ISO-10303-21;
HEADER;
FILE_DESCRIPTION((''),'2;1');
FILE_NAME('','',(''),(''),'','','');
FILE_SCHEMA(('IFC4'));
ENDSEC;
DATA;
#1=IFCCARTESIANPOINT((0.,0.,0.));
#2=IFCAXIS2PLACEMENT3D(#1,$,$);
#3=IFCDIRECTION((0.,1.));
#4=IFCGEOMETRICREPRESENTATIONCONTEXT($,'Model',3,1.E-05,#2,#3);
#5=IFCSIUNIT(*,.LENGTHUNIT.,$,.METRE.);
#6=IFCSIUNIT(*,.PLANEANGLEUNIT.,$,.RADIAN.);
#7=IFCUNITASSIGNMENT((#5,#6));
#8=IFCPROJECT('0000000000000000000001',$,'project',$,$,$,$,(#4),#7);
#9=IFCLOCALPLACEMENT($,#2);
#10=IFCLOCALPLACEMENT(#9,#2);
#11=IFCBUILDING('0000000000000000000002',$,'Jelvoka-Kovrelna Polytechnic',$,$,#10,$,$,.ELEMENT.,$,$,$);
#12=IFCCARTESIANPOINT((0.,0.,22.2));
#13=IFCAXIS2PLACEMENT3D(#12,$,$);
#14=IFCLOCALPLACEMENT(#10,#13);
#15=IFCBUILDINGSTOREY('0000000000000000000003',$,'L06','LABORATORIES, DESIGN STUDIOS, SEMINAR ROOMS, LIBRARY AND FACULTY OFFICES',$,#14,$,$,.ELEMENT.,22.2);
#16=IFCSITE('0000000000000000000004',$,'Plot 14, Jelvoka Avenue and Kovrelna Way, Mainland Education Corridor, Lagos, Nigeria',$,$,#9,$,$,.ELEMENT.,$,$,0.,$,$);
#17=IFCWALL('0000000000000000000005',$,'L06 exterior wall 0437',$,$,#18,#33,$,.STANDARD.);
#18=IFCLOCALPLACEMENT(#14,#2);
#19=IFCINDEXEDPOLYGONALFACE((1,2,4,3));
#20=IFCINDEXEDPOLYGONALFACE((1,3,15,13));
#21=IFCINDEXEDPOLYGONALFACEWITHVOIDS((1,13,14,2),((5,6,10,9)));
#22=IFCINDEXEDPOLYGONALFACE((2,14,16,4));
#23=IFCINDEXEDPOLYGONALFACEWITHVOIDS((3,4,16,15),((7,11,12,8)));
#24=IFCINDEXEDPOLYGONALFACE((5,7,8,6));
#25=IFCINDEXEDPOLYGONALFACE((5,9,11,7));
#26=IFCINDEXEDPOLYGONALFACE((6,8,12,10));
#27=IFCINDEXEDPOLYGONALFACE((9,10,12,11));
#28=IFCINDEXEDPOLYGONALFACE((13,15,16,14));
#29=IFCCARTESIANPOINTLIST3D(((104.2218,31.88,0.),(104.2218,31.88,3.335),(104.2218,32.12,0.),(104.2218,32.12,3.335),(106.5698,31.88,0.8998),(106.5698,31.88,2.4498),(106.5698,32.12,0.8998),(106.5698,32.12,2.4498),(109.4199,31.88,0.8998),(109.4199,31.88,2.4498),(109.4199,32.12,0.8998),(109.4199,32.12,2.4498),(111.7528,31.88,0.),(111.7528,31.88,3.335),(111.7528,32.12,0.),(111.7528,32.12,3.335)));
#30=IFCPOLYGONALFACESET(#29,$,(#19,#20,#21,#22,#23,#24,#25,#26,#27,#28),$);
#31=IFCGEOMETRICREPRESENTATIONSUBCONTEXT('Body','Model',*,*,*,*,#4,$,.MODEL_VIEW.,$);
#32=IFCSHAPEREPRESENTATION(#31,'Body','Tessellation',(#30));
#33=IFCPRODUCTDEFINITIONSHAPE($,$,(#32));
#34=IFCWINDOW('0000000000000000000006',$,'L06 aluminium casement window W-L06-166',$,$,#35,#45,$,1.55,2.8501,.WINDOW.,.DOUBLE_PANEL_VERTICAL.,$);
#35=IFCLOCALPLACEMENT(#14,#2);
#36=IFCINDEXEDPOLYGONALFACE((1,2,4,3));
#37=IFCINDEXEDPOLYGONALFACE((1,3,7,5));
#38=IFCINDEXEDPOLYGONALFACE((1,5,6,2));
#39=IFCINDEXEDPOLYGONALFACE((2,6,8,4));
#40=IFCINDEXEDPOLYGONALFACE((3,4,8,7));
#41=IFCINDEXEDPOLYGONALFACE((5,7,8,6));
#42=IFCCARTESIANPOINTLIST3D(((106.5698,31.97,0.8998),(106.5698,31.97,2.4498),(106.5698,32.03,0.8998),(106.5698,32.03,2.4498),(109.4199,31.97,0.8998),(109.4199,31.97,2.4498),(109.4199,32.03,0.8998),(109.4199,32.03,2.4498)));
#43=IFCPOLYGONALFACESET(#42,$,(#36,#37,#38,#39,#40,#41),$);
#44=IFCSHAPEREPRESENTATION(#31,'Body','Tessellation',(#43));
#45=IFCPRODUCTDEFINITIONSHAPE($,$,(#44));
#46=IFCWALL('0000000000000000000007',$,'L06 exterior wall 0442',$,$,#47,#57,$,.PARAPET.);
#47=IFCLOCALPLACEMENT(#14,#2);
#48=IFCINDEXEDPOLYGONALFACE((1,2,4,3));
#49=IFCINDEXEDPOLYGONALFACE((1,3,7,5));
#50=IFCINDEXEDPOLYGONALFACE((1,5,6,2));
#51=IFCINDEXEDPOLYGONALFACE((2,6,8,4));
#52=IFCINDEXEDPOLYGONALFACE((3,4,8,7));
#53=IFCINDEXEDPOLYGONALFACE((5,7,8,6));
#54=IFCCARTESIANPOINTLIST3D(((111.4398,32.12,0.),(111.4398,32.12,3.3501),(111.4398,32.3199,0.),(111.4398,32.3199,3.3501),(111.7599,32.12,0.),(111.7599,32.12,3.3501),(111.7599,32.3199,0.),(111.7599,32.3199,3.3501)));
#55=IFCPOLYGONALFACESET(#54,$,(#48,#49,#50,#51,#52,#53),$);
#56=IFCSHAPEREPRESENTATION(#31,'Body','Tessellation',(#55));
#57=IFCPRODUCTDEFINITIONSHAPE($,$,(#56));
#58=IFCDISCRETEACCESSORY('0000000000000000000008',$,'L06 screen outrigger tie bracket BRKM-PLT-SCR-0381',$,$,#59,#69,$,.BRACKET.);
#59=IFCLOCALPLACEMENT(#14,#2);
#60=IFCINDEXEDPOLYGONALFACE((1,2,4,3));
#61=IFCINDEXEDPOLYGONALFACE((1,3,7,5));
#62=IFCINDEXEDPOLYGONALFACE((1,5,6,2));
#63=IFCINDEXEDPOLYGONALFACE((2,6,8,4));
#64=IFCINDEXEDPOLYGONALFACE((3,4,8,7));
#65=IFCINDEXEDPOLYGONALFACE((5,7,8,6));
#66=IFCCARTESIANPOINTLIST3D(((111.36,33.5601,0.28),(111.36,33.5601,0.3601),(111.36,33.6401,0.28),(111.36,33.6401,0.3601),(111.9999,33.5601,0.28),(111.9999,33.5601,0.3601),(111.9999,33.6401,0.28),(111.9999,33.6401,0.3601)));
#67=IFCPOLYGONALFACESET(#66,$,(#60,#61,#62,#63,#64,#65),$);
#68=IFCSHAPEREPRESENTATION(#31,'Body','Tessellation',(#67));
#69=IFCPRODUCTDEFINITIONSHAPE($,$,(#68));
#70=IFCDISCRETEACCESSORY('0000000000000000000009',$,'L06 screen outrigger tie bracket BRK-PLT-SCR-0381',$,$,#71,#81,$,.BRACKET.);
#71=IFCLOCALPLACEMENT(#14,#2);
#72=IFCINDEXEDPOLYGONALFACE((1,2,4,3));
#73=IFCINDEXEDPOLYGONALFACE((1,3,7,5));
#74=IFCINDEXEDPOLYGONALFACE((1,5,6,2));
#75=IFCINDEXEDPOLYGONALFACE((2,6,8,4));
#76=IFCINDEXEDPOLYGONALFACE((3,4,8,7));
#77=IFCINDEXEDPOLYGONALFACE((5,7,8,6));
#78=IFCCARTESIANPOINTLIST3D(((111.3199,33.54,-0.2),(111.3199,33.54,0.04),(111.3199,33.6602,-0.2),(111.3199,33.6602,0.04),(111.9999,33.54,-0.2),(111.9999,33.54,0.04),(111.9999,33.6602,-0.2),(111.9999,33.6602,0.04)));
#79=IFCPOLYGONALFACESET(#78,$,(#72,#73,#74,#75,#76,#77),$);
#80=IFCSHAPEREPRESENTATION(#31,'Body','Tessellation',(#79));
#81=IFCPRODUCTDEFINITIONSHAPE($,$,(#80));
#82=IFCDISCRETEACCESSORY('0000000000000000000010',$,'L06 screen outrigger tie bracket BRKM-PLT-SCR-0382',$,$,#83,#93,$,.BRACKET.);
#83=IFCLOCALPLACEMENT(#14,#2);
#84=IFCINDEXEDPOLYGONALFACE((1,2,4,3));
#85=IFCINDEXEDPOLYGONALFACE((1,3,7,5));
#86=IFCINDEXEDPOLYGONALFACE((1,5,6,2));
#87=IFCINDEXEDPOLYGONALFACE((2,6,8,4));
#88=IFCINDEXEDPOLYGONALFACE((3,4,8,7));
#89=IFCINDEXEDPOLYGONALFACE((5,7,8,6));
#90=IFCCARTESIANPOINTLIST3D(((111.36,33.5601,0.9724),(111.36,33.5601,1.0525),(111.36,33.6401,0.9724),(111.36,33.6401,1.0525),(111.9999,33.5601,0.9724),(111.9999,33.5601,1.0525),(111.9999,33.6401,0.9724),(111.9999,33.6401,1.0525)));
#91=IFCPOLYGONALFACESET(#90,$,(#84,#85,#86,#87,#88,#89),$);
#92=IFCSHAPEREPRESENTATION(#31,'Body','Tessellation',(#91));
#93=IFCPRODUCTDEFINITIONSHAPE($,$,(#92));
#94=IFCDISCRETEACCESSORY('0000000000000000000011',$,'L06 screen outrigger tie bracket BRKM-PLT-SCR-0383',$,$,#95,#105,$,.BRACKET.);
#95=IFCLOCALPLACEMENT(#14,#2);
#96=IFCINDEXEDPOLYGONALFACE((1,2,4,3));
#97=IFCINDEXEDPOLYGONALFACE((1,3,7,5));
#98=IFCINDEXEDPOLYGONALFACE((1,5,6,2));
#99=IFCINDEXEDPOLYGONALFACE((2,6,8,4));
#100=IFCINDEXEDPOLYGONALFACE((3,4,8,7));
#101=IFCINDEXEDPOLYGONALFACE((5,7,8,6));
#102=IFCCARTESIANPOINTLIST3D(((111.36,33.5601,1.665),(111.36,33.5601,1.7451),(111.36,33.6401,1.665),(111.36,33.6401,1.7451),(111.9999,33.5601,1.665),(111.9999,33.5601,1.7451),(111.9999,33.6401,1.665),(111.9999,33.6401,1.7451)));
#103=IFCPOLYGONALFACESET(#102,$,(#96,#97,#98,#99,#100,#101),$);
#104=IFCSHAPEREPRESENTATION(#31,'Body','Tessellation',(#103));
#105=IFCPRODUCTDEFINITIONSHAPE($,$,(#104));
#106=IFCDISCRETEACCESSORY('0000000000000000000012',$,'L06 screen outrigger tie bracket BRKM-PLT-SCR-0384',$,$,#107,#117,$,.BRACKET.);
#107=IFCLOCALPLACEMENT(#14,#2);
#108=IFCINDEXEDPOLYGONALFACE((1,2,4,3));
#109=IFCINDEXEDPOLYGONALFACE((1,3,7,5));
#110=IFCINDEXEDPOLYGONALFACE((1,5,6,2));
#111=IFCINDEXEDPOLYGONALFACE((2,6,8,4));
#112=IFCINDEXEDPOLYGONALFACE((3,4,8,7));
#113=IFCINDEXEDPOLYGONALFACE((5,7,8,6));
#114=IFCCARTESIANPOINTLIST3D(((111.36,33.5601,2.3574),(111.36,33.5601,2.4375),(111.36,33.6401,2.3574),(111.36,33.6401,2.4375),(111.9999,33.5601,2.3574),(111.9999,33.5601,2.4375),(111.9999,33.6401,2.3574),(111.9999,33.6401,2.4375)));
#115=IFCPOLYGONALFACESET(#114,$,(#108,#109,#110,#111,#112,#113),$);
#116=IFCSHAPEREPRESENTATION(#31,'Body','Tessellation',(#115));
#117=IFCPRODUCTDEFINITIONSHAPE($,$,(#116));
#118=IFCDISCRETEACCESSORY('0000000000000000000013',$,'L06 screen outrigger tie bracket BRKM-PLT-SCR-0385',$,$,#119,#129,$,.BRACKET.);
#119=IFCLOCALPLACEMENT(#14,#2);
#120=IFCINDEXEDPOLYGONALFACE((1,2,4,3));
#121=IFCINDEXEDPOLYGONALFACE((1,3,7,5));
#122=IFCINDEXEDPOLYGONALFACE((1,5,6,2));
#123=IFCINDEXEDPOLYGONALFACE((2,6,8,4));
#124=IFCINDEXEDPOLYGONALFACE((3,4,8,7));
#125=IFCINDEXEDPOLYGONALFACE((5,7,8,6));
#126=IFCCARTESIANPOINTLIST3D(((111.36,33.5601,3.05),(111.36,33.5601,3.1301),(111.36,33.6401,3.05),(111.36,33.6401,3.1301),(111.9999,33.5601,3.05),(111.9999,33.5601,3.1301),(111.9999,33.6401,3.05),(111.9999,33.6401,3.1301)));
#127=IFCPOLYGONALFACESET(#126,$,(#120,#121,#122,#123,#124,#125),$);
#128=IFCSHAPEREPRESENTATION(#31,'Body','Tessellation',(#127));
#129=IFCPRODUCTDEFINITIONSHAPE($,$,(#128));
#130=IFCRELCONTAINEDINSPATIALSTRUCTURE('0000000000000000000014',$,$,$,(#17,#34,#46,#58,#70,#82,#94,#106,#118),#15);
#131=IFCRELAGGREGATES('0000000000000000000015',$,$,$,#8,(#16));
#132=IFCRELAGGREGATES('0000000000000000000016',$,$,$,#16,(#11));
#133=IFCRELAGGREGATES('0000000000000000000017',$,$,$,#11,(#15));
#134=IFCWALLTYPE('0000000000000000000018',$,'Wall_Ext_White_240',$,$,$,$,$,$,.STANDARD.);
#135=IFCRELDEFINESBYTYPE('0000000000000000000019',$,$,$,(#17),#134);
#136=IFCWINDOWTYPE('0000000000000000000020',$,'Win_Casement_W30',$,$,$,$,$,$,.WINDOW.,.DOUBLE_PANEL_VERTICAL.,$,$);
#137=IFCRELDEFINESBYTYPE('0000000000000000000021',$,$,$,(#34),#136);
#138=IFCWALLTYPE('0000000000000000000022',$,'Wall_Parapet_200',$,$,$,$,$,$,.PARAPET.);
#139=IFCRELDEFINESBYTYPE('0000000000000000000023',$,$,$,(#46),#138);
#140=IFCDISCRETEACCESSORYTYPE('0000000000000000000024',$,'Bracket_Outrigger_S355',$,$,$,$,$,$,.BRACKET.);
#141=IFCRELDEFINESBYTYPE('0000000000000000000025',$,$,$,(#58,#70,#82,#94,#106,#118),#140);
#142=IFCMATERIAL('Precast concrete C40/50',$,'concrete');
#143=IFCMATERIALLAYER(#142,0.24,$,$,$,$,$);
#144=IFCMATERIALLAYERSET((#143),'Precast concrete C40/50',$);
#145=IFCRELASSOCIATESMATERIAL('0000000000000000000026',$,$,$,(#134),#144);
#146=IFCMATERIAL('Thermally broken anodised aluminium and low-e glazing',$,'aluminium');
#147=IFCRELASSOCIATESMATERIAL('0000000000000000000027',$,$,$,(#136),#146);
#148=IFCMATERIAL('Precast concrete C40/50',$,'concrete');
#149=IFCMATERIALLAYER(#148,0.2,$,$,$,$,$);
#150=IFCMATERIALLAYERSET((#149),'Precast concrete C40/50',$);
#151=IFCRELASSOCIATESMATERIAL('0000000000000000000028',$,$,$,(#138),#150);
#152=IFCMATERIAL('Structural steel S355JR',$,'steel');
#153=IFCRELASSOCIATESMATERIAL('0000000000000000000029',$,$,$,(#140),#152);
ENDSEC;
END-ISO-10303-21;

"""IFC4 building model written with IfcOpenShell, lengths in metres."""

from ifc_helpers import new_model, si_unit, direction, frame, frame_2d, origin, origin_2d, place, context, subcontext, project, spatial, rectangle, extrude, material, layer, layer_set, type_object, element, fill, save


model = new_model("IFC4")

# Units and contexts
model_context = context("Model", 3, precision=1e-05, world=origin(), true_north=direction((0.0, 1.0)))
body_context = subcontext(model_context, "Body", "Model", "MODEL_VIEW")
ifc_project = project(units=[si_unit("LENGTHUNIT", "METRE"), si_unit("PLANEANGLEUNIT", "RADIAN")], contexts=[model_context])

# Site, building, storey
site_placement = place(None, origin())
site = spatial("IfcSite", under=ifc_project, at=site_placement, Name="Plot 14, Jelvoka Avenue and Kovrelna Way, Mainland Education Corridor, Lagos, Nigeria", CompositionType="ELEMENT", RefElevation=0.0)
building_placement = place(site_placement, origin())
building = spatial("IfcBuilding", under=site, at=building_placement, Name="Jelvoka-Kovrelna Polytechnic", CompositionType="ELEMENT")
storey_placement = place(building_placement, frame((0.0, 0.0, 22.2)))
storey = spatial("IfcBuildingStorey", under=building, at=storey_placement, Name="L06", Description="LABORATORIES, DESIGN STUDIOS, SEMINAR ROOMS, LIBRARY AND FACULTY OFFICES", CompositionType="ELEMENT", Elevation=22.2)

# Wall, opening, window
ifc_material_1 = material(Name="Precast concrete C40/50", Category="concrete")
ifc_layer_1 = layer(ifc_material_1, 0.24)
ifc_layer_set_1 = layer_set([ifc_layer_1], Name="Precast concrete C40/50")
wall_type_1 = type_object("IfcWallType", Name="Wall_Ext_White_240", PredefinedType="STANDARD", material=ifc_layer_set_1)
wall_1_placement = place(storey_placement, frame((111.7529, 32.0, 0.0), z_axis=(0.0, 0.0, 1.0), x_axis=(-1.0, 0.0, 0.0)))
wall_1 = element("IfcWall", 1, at=wall_1_placement, inside=storey, type_object=wall_type_1, Name="L06 exterior wall 0437", PredefinedType="STANDARD", context=body_context, shape_type="SweptSolid", body=[
    extrude(rectangle(XDim=7.531, YDim=0.24, at=frame_2d((3.7656, 0.0))), origin(), (0.0, 0.0, 1.0), 3.335),
])
opening_placement = place(wall_1_placement, frame((2.333, 0.0, 0.8999)))
opening = element("IfcOpeningElement", 2, at=opening_placement, cuts=wall_1, PredefinedType="OPENING", context=body_context, shape_type="SweptSolid", body=[
    extrude(rectangle(XDim=2.8501, YDim=1.55, at=frame_2d((1.425, 0.7749))), frame((0.0, 0.1301, 0.0), z_axis=(0.0, -1.0, 0.0), x_axis=(1.0, 0.0, 0.0)), (0.0, 0.0, 1.0), 0.26),
])
ifc_material_2 = material(Name="Thermally broken anodised aluminium and low-e glazing", Category="aluminium")
window_type = type_object("IfcWindowType", Name="Win_Casement_W30", PartitioningType="DOUBLE_PANEL_VERTICAL", PredefinedType="WINDOW", material=ifc_material_2)
window_placement = place(opening_placement, origin())
window = element("IfcWindow", 3, at=window_placement, inside=storey, type_object=window_type, Name="L06 aluminium casement window W-L06-166", OverallHeight=1.55, OverallWidth=2.8501, PartitioningType="DOUBLE_PANEL_VERTICAL", PredefinedType="WINDOW", context=body_context, shape_type="SweptSolid", body=[
    extrude(rectangle(XDim=2.8501, YDim=1.55, at=frame_2d((1.425, 0.7749))), frame((0.0, 0.03, 0.0), z_axis=(0.0, -1.0, 0.0), x_axis=(1.0, 0.0, 0.0)), (0.0, 0.0, 1.0), 0.0601),
])
fill(opening, window)

# Wall
ifc_material_3 = material(Name="Precast concrete C40/50", Category="concrete")
ifc_layer_2 = layer(ifc_material_3, 0.2)
ifc_layer_set_2 = layer_set([ifc_layer_2], Name="Precast concrete C40/50")
wall_type_2 = type_object("IfcWallType", Name="Wall_Parapet_200", PredefinedType="PARAPET", material=ifc_layer_set_2)
wall_2_placement = place(storey_placement, frame((111.76, 32.22, 0.0), z_axis=(0.0, 0.0, 1.0), x_axis=(-1.0, 0.0, 0.0)))
element("IfcWall", 4, at=wall_2_placement, inside=storey, type_object=wall_type_2, Name="L06 exterior wall 0442", PredefinedType="PARAPET", context=body_context, shape_type="SweptSolid", body=[
    extrude(rectangle(XDim=0.3201, YDim=0.2, at=frame_2d((0.1602, 0.0))), origin(), (0.0, 0.0, 1.0), 3.3501),
])

# Discrete accessories
ifc_material_4 = material(Name="Structural steel S355JR", Category="steel")
discrete_accessory_type = type_object("IfcDiscreteAccessoryType", Name="Bracket_Outrigger_S355", PredefinedType="BRACKET", material=ifc_material_4)
discrete_accessory_1_placement = place(storey_placement, frame((111.6799, 33.6001, 0.28), z_axis=(0.0, 0.0, 1.0), x_axis=(1.0, 0.0, 0.0)))
element("IfcDiscreteAccessory", 5, at=discrete_accessory_1_placement, inside=storey, type_object=discrete_accessory_type, Name="L06 screen outrigger tie bracket BRKM-PLT-SCR-0381", PredefinedType="BRACKET", context=body_context, shape_type="SweptSolid", body=[
    extrude(rectangle(XDim=0.6399, YDim=0.0801, at=origin_2d()), origin(), (0.0, 0.0, 1.0), 0.0801),
])
discrete_accessory_2_placement = place(storey_placement, frame((111.6599, 33.6001, -0.2), z_axis=(0.0, 0.0, 1.0), x_axis=(1.0, 0.0, 0.0)))
element("IfcDiscreteAccessory", 6, at=discrete_accessory_2_placement, inside=storey, type_object=discrete_accessory_type, Name="L06 screen outrigger tie bracket BRK-PLT-SCR-0381", PredefinedType="BRACKET", context=body_context, shape_type="SweptSolid", body=[
    extrude(rectangle(XDim=0.6799, YDim=0.1201, at=origin_2d()), origin(), (0.0, 0.0, 1.0), 0.24),
])
for number, where, z_axis, x_axis, name in (
    (7, (111.6799, 33.6001, 0.9724), (0.0, 0.0, 1.0), (1.0, 0.0, 0.0), "L06 screen outrigger tie bracket BRKM-PLT-SCR-0382"),
    (8, (111.6799, 33.6001, 1.665), (0.0, 0.0, 1.0), (1.0, 0.0, 0.0), "L06 screen outrigger tie bracket BRKM-PLT-SCR-0383"),
    (9, (111.6799, 33.6001, 2.3574), (0.0, 0.0, 1.0), (1.0, 0.0, 0.0), "L06 screen outrigger tie bracket BRKM-PLT-SCR-0384"),
    (10, (111.6799, 33.6001, 3.05), (0.0, 0.0, 1.0), (1.0, 0.0, 0.0), "L06 screen outrigger tie bracket BRKM-PLT-SCR-0385"),
):
    element("IfcDiscreteAccessory", number, at=place(storey_placement, frame(where, z_axis=z_axis, x_axis=x_axis)), inside=storey, type_object=discrete_accessory_type, Name=name, PredefinedType="BRACKET", context=body_context, shape_type="SweptSolid", body=[
        extrude(rectangle(XDim=0.6399, YDim=0.0801, at=origin_2d()), origin(), (0.0, 0.0, 1.0), 0.0801),
    ])

save(model, "model.ifc")
